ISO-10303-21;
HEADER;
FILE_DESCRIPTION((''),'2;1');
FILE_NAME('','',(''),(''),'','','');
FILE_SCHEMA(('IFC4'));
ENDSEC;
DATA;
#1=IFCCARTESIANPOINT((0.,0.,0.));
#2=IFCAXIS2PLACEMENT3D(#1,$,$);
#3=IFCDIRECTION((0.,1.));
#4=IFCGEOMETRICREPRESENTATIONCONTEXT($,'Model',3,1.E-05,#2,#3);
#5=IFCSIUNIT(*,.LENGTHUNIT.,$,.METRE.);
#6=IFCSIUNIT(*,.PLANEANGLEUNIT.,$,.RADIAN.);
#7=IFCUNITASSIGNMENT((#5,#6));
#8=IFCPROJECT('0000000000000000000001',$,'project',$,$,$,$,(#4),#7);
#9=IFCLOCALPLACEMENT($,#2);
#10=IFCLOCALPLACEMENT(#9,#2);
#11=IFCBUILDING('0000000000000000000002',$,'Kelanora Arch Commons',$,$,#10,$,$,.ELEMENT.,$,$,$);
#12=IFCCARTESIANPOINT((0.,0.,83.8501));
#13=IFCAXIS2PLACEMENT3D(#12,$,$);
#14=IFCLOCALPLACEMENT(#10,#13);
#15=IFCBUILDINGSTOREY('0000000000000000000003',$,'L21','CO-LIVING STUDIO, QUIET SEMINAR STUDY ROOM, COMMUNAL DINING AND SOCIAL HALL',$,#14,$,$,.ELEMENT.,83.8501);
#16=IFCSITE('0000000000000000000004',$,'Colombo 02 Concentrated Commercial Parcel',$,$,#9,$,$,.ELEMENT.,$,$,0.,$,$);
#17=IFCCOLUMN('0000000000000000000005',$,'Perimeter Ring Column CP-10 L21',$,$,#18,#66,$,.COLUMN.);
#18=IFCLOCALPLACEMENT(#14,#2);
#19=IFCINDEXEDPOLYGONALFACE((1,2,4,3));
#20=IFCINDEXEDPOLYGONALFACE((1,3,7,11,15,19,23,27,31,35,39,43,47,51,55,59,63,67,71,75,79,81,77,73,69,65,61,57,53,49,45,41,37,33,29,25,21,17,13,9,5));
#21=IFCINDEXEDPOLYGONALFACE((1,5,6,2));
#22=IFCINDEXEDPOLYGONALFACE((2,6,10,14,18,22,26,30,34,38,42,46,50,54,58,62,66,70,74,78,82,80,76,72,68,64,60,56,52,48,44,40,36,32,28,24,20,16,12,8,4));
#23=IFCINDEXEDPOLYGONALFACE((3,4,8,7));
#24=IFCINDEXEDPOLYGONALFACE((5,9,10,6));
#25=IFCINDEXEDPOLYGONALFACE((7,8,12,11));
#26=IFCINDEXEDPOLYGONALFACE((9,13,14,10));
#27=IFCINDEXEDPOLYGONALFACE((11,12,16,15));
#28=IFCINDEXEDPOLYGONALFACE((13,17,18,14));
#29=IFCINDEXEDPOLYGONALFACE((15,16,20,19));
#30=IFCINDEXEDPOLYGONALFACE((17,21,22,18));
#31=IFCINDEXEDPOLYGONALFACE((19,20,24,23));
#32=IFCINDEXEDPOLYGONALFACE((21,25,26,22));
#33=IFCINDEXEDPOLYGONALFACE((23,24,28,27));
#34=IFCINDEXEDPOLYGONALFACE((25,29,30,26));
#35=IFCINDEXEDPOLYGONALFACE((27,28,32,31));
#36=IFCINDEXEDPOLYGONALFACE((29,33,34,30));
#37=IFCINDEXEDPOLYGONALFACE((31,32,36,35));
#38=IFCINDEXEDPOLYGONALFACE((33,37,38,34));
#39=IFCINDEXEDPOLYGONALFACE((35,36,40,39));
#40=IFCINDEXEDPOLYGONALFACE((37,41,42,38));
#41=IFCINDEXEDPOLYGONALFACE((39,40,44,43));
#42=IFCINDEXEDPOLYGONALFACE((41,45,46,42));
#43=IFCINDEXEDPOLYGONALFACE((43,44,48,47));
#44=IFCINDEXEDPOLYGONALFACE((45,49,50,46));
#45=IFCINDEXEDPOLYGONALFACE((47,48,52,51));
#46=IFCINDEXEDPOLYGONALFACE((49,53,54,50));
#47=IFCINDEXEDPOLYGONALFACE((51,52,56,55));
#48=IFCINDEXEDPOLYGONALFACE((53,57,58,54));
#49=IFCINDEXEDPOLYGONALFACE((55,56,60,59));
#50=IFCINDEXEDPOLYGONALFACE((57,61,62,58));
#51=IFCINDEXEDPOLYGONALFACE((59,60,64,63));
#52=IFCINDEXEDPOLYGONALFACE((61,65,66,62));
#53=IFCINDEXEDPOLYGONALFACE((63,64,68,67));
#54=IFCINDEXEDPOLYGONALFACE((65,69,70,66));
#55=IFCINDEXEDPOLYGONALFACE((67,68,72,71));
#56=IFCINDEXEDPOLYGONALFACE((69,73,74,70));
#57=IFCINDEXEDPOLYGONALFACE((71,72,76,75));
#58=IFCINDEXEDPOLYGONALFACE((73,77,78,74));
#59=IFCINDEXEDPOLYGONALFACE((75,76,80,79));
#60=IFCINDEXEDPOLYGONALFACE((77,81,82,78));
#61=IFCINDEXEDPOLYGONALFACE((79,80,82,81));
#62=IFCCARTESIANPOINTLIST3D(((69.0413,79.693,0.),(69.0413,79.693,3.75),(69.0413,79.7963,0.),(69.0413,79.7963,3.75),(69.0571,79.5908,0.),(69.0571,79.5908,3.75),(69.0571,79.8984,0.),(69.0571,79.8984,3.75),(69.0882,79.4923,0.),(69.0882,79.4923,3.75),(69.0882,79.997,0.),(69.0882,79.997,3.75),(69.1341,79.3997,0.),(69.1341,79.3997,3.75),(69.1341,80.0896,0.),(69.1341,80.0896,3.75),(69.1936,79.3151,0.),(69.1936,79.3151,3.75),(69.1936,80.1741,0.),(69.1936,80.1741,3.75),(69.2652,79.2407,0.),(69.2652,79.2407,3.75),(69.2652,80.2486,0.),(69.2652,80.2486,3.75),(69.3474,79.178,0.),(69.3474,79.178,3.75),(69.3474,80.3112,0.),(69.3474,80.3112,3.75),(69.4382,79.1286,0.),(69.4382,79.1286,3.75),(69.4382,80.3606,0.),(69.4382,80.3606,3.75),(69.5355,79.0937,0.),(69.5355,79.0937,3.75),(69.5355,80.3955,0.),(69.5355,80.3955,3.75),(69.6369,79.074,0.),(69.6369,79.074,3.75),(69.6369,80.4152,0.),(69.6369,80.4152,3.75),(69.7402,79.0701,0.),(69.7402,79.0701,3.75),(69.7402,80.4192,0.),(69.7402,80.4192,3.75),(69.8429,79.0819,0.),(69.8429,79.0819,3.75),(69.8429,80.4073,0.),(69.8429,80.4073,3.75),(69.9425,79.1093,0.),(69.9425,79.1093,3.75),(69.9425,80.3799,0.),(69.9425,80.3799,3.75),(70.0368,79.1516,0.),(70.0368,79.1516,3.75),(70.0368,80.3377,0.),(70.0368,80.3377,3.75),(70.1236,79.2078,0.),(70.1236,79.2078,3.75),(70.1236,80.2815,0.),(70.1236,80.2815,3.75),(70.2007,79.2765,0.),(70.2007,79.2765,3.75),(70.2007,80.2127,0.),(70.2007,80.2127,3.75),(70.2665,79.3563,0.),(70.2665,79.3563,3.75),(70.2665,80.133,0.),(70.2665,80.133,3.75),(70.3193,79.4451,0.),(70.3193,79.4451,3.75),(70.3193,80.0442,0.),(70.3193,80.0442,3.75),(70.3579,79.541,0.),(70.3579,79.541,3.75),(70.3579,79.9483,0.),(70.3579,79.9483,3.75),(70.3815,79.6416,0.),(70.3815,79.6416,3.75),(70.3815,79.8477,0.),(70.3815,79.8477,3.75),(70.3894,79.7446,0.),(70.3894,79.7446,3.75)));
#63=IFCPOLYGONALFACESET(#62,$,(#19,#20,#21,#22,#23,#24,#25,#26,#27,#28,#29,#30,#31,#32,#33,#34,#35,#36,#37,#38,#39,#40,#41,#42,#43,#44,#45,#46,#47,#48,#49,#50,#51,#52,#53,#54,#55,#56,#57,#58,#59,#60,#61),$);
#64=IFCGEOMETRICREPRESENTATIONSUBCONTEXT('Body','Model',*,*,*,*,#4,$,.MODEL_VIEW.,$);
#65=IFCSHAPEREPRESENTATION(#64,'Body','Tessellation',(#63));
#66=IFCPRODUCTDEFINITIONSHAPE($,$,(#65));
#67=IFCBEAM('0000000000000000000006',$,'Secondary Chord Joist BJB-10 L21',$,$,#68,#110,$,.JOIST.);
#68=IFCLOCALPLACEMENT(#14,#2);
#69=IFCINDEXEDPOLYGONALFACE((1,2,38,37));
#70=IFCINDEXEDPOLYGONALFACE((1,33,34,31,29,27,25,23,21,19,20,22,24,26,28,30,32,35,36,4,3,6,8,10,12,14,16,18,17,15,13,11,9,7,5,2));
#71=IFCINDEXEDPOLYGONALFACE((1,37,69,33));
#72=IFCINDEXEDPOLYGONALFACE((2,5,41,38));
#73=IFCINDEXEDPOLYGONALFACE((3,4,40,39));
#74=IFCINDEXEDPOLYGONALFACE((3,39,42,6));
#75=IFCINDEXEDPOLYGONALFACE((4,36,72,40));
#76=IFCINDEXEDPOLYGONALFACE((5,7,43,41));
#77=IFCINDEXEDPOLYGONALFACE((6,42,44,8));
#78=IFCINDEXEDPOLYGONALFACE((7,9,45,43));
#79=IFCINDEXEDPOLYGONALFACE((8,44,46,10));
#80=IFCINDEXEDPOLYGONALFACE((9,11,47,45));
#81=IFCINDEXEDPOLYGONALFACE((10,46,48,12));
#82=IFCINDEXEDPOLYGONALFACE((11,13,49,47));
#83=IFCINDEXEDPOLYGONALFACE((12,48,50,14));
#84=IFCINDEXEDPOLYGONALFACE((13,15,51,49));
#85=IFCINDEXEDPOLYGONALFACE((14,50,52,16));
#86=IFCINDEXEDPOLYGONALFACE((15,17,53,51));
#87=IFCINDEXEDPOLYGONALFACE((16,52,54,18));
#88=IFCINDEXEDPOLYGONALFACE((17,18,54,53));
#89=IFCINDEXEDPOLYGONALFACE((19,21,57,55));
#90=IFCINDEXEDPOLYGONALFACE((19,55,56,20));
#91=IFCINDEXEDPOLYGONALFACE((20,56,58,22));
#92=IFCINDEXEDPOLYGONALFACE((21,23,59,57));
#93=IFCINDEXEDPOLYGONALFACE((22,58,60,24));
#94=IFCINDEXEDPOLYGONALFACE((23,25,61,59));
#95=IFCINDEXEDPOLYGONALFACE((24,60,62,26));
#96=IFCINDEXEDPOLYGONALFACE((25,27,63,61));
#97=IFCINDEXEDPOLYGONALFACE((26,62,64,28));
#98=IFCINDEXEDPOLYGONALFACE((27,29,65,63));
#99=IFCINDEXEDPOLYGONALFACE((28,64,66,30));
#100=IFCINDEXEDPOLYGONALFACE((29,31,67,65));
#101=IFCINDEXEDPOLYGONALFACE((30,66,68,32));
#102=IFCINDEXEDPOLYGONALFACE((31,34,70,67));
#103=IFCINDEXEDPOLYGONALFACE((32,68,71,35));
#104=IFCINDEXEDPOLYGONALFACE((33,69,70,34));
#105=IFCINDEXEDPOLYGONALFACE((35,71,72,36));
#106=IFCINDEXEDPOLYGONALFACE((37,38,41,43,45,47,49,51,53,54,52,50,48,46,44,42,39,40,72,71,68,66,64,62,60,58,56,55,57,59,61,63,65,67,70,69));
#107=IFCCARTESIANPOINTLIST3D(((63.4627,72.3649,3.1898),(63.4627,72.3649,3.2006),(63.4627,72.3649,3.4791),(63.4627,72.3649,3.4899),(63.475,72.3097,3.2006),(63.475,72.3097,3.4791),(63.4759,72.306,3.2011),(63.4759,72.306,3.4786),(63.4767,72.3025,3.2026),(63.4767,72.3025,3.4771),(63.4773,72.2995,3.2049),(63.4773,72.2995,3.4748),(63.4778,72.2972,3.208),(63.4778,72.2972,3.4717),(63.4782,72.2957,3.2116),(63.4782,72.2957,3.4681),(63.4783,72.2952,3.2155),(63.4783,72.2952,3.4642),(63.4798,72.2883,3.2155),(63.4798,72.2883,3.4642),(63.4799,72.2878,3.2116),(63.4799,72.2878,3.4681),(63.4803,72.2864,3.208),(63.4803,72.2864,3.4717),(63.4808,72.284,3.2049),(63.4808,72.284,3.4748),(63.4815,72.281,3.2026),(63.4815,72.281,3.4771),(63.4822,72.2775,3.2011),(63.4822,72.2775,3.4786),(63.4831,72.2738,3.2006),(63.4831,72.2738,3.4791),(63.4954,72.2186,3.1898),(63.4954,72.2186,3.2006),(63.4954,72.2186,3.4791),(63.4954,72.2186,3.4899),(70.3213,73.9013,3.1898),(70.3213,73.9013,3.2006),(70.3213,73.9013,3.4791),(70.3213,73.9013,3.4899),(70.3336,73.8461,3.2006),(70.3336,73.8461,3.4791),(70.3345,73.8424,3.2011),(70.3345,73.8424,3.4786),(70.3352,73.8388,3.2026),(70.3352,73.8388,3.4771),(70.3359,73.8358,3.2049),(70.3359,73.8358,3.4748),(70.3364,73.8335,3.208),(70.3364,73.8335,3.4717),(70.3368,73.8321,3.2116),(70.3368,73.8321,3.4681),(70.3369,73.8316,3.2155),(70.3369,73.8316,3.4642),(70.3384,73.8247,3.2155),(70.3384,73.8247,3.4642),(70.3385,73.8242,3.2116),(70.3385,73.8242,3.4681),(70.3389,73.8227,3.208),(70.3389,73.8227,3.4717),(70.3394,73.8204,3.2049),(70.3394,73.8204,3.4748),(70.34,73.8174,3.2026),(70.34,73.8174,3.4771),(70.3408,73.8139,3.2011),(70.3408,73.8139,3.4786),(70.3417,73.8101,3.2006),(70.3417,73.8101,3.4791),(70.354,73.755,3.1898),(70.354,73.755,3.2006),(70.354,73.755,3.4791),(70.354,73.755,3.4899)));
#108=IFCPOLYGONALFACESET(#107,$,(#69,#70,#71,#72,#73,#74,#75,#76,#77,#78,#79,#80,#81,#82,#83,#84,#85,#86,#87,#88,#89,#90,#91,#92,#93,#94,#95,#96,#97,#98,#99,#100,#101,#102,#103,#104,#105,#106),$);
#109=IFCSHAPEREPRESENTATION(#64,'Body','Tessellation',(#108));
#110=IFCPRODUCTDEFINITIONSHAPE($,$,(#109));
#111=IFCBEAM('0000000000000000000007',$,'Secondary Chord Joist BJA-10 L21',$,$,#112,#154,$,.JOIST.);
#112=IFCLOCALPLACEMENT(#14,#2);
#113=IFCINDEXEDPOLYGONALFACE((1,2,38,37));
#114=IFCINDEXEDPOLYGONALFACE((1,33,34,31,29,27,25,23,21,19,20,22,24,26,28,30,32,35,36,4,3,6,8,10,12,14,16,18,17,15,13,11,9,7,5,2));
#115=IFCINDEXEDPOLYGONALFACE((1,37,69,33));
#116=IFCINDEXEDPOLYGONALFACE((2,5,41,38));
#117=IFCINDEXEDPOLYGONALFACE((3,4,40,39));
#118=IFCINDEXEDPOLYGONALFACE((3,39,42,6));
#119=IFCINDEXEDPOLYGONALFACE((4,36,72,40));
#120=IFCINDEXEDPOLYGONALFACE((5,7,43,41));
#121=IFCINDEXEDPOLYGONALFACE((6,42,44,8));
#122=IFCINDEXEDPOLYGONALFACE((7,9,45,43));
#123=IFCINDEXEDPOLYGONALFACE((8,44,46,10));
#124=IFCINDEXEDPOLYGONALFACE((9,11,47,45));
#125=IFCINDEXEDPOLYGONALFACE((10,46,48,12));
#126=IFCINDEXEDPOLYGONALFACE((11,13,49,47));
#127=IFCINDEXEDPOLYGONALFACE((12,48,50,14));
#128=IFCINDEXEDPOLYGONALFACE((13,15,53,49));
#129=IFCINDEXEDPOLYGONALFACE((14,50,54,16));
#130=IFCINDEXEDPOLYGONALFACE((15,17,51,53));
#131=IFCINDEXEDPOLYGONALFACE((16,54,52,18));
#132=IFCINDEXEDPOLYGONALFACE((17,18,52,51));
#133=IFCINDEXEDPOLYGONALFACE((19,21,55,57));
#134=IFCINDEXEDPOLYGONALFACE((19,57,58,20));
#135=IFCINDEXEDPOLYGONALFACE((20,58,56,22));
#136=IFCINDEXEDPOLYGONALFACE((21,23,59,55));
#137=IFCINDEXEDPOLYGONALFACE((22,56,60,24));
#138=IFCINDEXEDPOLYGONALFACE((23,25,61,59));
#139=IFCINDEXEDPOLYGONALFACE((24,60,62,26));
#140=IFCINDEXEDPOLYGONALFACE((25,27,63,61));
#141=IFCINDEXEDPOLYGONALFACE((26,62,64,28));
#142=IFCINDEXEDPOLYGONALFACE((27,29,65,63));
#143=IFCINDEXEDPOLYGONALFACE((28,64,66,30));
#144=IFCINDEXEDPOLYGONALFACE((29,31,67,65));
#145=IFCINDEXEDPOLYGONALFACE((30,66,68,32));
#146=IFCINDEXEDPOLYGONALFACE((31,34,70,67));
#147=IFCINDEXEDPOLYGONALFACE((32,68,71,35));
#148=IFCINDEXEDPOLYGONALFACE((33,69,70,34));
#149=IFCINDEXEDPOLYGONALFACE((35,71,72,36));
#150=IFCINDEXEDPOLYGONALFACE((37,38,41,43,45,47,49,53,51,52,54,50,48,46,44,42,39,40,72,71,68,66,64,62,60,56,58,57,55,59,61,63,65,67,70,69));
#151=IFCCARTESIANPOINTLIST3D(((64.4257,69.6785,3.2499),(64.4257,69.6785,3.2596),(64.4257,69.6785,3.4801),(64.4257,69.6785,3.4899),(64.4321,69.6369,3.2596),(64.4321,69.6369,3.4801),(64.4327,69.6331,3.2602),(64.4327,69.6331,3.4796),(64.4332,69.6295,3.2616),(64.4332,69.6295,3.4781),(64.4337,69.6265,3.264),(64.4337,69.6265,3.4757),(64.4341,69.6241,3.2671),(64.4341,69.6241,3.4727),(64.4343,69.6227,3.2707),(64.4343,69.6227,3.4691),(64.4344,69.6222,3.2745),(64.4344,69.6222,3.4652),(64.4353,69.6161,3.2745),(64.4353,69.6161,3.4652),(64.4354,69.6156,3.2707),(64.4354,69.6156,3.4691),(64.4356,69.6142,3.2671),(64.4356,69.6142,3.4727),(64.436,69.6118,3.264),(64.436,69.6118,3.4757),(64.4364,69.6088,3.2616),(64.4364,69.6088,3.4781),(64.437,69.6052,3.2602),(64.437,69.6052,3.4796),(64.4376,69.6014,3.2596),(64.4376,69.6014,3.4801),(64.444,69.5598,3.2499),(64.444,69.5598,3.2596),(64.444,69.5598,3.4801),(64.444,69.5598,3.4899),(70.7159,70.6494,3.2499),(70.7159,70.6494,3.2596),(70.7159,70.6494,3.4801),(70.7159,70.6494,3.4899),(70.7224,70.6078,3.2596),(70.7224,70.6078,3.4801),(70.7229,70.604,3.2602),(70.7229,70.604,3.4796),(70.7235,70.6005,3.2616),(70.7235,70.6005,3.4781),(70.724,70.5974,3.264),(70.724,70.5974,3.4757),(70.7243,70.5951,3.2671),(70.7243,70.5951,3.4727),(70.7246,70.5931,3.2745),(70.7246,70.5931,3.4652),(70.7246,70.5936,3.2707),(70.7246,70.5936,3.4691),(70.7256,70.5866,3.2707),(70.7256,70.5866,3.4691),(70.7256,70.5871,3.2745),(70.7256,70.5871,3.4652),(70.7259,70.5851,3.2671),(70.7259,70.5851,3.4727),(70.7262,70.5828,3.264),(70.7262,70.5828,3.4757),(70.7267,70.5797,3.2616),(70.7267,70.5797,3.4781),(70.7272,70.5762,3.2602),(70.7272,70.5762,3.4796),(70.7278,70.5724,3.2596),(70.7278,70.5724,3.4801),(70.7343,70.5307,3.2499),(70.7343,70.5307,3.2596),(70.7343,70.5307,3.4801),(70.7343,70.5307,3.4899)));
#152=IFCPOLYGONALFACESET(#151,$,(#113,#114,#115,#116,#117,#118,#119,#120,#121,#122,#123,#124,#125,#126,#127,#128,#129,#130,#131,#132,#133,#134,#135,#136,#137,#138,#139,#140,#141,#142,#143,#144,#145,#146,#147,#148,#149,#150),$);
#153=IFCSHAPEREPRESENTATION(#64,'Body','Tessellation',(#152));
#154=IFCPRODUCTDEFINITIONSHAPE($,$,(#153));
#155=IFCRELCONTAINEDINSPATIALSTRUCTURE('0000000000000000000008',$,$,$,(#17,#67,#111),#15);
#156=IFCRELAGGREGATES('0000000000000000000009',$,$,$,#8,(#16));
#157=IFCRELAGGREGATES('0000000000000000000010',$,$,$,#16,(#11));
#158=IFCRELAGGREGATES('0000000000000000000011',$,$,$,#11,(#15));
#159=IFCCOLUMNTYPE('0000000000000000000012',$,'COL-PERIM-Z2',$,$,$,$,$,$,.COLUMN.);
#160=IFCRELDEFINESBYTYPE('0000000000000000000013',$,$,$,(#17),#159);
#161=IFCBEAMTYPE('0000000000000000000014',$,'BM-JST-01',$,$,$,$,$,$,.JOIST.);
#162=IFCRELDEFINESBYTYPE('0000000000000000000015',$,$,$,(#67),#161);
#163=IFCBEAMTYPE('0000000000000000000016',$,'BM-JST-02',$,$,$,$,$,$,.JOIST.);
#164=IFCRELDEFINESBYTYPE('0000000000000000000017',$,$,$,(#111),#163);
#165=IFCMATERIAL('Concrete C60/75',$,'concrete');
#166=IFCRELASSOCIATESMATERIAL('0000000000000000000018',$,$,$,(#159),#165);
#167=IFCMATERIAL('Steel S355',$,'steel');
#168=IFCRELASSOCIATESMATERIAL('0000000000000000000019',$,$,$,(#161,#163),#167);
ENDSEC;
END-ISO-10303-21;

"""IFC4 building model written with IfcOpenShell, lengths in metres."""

from ifc_helpers import new_model, si_unit, direction, frame, origin, origin_2d, place, context, subcontext, project, spatial, circle, i_section, extrude, material, material_profile, profile_set, type_object, element, save


model = new_model("IFC4")

# Units and contexts
model_context = context("Model", 3, precision=1e-05, world=origin(), true_north=direction((0.0, 1.0)))
body_context = subcontext(model_context, "Body", "Model", "MODEL_VIEW")
ifc_project = project(units=[si_unit("LENGTHUNIT", "METRE"), si_unit("PLANEANGLEUNIT", "RADIAN")], contexts=[model_context])

# Site, building, storey
site_placement = place(None, origin())
site = spatial("IfcSite", under=ifc_project, at=site_placement, Name="Colombo 02 Concentrated Commercial Parcel", CompositionType="ELEMENT", RefElevation=0.0)
building_placement = place(site_placement, origin())
building = spatial("IfcBuilding", under=site, at=building_placement, Name="Kelanora Arch Commons", CompositionType="ELEMENT")
storey_placement = place(building_placement, frame((0.0, 0.0, 83.8501)))
storey = spatial("IfcBuildingStorey", under=building, at=storey_placement, Name="L21", Description="CO-LIVING STUDIO, QUIET SEMINAR STUDY ROOM, COMMUNAL DINING AND SOCIAL HALL", CompositionType="ELEMENT", Elevation=83.8501)

# Column
ifc_material_1 = material(Name="Concrete C60/75", Category="concrete")
ifc_material_profile_1 = material_profile(ifc_material_1, circle(Radius=0.675, at=origin_2d()), Name="RCC1350")
ifc_profile_set_1 = profile_set([ifc_material_profile_1], Name="Concrete C60/75")
column_type = type_object("IfcColumnType", Name="COL-PERIM-Z2", PredefinedType="COLUMN", material=ifc_profile_set_1)
column_placement = place(storey_placement, frame((69.7144, 79.7446, 0.0), z_axis=(0.0, 0.0, 1.0), x_axis=(1.0, 0.0, 0.0)))
element("IfcColumn", 1, at=column_placement, inside=storey, type_object=column_type, Name="Perimeter Ring Column CP-10 L21", PredefinedType="COLUMN", context=body_context, shape_type="SweptSolid", body=[
    extrude(circle(Radius=0.675, at=origin_2d()), origin(), (0.0, 0.0, 1.0), 3.75),
])

# Beams
ifc_material_2 = material(Name="Steel S355", Category="steel")
ifc_material_profile_2 = material_profile(ifc_material_2, i_section(OverallWidth=0.1499, OverallDepth=0.3, WebThickness=0.0071, FlangeThickness=0.0107, FilletRadius=0.0149, at=origin_2d()), Name="IPE300")
ifc_profile_set_2 = profile_set([ifc_material_profile_2], Name="Steel S355")
beam_type_1 = type_object("IfcBeamType", Name="BM-JST-01", PredefinedType="JOIST", material=ifc_profile_set_2)
beam_1_placement = place(storey_placement, frame((70.3376, 73.8281, 3.3398), z_axis=(-0.975817, -0.218589, 0.0), x_axis=(0.218589, -0.975817, 0.0)))
element("IfcBeam", 2, at=beam_1_placement, inside=storey, type_object=beam_type_1, Name="Secondary Chord Joist BJB-10 L21", PredefinedType="JOIST", context=body_context, shape_type="SweptSolid", body=[
    extrude(i_section(OverallWidth=0.1499, OverallDepth=0.3, WebThickness=0.0071, FlangeThickness=0.0107, FilletRadius=0.0149, at=origin_2d()), origin(), (0.0, 0.0, 1.0), 7.0286),
])
ifc_material_profile_3 = material_profile(ifc_material_2, i_section(OverallWidth=0.1201, OverallDepth=0.24, WebThickness=0.0061, FlangeThickness=0.0098, FilletRadius=0.0149, at=origin_2d()), Name="IPE240")
ifc_profile_set_3 = profile_set([ifc_material_profile_3], Name="Steel S355")
beam_type_2 = type_object("IfcBeamType", Name="BM-JST-02", PredefinedType="JOIST", material=ifc_profile_set_3)
beam_2_placement = place(storey_placement, frame((70.7251, 70.5901, 3.3699), z_axis=(-0.988296, -0.15255, 0.0), x_axis=(0.15255, -0.988296, 0.0)))
element("IfcBeam", 3, at=beam_2_placement, inside=storey, type_object=beam_type_2, Name="Secondary Chord Joist BJA-10 L21", PredefinedType="JOIST", context=body_context, shape_type="SweptSolid", body=[
    extrude(i_section(OverallWidth=0.1201, OverallDepth=0.24, WebThickness=0.0061, FlangeThickness=0.0098, FilletRadius=0.0149, at=origin_2d()), origin(), (0.0, 0.0, 1.0), 6.3647),
])

save(model, "model.ifc")
